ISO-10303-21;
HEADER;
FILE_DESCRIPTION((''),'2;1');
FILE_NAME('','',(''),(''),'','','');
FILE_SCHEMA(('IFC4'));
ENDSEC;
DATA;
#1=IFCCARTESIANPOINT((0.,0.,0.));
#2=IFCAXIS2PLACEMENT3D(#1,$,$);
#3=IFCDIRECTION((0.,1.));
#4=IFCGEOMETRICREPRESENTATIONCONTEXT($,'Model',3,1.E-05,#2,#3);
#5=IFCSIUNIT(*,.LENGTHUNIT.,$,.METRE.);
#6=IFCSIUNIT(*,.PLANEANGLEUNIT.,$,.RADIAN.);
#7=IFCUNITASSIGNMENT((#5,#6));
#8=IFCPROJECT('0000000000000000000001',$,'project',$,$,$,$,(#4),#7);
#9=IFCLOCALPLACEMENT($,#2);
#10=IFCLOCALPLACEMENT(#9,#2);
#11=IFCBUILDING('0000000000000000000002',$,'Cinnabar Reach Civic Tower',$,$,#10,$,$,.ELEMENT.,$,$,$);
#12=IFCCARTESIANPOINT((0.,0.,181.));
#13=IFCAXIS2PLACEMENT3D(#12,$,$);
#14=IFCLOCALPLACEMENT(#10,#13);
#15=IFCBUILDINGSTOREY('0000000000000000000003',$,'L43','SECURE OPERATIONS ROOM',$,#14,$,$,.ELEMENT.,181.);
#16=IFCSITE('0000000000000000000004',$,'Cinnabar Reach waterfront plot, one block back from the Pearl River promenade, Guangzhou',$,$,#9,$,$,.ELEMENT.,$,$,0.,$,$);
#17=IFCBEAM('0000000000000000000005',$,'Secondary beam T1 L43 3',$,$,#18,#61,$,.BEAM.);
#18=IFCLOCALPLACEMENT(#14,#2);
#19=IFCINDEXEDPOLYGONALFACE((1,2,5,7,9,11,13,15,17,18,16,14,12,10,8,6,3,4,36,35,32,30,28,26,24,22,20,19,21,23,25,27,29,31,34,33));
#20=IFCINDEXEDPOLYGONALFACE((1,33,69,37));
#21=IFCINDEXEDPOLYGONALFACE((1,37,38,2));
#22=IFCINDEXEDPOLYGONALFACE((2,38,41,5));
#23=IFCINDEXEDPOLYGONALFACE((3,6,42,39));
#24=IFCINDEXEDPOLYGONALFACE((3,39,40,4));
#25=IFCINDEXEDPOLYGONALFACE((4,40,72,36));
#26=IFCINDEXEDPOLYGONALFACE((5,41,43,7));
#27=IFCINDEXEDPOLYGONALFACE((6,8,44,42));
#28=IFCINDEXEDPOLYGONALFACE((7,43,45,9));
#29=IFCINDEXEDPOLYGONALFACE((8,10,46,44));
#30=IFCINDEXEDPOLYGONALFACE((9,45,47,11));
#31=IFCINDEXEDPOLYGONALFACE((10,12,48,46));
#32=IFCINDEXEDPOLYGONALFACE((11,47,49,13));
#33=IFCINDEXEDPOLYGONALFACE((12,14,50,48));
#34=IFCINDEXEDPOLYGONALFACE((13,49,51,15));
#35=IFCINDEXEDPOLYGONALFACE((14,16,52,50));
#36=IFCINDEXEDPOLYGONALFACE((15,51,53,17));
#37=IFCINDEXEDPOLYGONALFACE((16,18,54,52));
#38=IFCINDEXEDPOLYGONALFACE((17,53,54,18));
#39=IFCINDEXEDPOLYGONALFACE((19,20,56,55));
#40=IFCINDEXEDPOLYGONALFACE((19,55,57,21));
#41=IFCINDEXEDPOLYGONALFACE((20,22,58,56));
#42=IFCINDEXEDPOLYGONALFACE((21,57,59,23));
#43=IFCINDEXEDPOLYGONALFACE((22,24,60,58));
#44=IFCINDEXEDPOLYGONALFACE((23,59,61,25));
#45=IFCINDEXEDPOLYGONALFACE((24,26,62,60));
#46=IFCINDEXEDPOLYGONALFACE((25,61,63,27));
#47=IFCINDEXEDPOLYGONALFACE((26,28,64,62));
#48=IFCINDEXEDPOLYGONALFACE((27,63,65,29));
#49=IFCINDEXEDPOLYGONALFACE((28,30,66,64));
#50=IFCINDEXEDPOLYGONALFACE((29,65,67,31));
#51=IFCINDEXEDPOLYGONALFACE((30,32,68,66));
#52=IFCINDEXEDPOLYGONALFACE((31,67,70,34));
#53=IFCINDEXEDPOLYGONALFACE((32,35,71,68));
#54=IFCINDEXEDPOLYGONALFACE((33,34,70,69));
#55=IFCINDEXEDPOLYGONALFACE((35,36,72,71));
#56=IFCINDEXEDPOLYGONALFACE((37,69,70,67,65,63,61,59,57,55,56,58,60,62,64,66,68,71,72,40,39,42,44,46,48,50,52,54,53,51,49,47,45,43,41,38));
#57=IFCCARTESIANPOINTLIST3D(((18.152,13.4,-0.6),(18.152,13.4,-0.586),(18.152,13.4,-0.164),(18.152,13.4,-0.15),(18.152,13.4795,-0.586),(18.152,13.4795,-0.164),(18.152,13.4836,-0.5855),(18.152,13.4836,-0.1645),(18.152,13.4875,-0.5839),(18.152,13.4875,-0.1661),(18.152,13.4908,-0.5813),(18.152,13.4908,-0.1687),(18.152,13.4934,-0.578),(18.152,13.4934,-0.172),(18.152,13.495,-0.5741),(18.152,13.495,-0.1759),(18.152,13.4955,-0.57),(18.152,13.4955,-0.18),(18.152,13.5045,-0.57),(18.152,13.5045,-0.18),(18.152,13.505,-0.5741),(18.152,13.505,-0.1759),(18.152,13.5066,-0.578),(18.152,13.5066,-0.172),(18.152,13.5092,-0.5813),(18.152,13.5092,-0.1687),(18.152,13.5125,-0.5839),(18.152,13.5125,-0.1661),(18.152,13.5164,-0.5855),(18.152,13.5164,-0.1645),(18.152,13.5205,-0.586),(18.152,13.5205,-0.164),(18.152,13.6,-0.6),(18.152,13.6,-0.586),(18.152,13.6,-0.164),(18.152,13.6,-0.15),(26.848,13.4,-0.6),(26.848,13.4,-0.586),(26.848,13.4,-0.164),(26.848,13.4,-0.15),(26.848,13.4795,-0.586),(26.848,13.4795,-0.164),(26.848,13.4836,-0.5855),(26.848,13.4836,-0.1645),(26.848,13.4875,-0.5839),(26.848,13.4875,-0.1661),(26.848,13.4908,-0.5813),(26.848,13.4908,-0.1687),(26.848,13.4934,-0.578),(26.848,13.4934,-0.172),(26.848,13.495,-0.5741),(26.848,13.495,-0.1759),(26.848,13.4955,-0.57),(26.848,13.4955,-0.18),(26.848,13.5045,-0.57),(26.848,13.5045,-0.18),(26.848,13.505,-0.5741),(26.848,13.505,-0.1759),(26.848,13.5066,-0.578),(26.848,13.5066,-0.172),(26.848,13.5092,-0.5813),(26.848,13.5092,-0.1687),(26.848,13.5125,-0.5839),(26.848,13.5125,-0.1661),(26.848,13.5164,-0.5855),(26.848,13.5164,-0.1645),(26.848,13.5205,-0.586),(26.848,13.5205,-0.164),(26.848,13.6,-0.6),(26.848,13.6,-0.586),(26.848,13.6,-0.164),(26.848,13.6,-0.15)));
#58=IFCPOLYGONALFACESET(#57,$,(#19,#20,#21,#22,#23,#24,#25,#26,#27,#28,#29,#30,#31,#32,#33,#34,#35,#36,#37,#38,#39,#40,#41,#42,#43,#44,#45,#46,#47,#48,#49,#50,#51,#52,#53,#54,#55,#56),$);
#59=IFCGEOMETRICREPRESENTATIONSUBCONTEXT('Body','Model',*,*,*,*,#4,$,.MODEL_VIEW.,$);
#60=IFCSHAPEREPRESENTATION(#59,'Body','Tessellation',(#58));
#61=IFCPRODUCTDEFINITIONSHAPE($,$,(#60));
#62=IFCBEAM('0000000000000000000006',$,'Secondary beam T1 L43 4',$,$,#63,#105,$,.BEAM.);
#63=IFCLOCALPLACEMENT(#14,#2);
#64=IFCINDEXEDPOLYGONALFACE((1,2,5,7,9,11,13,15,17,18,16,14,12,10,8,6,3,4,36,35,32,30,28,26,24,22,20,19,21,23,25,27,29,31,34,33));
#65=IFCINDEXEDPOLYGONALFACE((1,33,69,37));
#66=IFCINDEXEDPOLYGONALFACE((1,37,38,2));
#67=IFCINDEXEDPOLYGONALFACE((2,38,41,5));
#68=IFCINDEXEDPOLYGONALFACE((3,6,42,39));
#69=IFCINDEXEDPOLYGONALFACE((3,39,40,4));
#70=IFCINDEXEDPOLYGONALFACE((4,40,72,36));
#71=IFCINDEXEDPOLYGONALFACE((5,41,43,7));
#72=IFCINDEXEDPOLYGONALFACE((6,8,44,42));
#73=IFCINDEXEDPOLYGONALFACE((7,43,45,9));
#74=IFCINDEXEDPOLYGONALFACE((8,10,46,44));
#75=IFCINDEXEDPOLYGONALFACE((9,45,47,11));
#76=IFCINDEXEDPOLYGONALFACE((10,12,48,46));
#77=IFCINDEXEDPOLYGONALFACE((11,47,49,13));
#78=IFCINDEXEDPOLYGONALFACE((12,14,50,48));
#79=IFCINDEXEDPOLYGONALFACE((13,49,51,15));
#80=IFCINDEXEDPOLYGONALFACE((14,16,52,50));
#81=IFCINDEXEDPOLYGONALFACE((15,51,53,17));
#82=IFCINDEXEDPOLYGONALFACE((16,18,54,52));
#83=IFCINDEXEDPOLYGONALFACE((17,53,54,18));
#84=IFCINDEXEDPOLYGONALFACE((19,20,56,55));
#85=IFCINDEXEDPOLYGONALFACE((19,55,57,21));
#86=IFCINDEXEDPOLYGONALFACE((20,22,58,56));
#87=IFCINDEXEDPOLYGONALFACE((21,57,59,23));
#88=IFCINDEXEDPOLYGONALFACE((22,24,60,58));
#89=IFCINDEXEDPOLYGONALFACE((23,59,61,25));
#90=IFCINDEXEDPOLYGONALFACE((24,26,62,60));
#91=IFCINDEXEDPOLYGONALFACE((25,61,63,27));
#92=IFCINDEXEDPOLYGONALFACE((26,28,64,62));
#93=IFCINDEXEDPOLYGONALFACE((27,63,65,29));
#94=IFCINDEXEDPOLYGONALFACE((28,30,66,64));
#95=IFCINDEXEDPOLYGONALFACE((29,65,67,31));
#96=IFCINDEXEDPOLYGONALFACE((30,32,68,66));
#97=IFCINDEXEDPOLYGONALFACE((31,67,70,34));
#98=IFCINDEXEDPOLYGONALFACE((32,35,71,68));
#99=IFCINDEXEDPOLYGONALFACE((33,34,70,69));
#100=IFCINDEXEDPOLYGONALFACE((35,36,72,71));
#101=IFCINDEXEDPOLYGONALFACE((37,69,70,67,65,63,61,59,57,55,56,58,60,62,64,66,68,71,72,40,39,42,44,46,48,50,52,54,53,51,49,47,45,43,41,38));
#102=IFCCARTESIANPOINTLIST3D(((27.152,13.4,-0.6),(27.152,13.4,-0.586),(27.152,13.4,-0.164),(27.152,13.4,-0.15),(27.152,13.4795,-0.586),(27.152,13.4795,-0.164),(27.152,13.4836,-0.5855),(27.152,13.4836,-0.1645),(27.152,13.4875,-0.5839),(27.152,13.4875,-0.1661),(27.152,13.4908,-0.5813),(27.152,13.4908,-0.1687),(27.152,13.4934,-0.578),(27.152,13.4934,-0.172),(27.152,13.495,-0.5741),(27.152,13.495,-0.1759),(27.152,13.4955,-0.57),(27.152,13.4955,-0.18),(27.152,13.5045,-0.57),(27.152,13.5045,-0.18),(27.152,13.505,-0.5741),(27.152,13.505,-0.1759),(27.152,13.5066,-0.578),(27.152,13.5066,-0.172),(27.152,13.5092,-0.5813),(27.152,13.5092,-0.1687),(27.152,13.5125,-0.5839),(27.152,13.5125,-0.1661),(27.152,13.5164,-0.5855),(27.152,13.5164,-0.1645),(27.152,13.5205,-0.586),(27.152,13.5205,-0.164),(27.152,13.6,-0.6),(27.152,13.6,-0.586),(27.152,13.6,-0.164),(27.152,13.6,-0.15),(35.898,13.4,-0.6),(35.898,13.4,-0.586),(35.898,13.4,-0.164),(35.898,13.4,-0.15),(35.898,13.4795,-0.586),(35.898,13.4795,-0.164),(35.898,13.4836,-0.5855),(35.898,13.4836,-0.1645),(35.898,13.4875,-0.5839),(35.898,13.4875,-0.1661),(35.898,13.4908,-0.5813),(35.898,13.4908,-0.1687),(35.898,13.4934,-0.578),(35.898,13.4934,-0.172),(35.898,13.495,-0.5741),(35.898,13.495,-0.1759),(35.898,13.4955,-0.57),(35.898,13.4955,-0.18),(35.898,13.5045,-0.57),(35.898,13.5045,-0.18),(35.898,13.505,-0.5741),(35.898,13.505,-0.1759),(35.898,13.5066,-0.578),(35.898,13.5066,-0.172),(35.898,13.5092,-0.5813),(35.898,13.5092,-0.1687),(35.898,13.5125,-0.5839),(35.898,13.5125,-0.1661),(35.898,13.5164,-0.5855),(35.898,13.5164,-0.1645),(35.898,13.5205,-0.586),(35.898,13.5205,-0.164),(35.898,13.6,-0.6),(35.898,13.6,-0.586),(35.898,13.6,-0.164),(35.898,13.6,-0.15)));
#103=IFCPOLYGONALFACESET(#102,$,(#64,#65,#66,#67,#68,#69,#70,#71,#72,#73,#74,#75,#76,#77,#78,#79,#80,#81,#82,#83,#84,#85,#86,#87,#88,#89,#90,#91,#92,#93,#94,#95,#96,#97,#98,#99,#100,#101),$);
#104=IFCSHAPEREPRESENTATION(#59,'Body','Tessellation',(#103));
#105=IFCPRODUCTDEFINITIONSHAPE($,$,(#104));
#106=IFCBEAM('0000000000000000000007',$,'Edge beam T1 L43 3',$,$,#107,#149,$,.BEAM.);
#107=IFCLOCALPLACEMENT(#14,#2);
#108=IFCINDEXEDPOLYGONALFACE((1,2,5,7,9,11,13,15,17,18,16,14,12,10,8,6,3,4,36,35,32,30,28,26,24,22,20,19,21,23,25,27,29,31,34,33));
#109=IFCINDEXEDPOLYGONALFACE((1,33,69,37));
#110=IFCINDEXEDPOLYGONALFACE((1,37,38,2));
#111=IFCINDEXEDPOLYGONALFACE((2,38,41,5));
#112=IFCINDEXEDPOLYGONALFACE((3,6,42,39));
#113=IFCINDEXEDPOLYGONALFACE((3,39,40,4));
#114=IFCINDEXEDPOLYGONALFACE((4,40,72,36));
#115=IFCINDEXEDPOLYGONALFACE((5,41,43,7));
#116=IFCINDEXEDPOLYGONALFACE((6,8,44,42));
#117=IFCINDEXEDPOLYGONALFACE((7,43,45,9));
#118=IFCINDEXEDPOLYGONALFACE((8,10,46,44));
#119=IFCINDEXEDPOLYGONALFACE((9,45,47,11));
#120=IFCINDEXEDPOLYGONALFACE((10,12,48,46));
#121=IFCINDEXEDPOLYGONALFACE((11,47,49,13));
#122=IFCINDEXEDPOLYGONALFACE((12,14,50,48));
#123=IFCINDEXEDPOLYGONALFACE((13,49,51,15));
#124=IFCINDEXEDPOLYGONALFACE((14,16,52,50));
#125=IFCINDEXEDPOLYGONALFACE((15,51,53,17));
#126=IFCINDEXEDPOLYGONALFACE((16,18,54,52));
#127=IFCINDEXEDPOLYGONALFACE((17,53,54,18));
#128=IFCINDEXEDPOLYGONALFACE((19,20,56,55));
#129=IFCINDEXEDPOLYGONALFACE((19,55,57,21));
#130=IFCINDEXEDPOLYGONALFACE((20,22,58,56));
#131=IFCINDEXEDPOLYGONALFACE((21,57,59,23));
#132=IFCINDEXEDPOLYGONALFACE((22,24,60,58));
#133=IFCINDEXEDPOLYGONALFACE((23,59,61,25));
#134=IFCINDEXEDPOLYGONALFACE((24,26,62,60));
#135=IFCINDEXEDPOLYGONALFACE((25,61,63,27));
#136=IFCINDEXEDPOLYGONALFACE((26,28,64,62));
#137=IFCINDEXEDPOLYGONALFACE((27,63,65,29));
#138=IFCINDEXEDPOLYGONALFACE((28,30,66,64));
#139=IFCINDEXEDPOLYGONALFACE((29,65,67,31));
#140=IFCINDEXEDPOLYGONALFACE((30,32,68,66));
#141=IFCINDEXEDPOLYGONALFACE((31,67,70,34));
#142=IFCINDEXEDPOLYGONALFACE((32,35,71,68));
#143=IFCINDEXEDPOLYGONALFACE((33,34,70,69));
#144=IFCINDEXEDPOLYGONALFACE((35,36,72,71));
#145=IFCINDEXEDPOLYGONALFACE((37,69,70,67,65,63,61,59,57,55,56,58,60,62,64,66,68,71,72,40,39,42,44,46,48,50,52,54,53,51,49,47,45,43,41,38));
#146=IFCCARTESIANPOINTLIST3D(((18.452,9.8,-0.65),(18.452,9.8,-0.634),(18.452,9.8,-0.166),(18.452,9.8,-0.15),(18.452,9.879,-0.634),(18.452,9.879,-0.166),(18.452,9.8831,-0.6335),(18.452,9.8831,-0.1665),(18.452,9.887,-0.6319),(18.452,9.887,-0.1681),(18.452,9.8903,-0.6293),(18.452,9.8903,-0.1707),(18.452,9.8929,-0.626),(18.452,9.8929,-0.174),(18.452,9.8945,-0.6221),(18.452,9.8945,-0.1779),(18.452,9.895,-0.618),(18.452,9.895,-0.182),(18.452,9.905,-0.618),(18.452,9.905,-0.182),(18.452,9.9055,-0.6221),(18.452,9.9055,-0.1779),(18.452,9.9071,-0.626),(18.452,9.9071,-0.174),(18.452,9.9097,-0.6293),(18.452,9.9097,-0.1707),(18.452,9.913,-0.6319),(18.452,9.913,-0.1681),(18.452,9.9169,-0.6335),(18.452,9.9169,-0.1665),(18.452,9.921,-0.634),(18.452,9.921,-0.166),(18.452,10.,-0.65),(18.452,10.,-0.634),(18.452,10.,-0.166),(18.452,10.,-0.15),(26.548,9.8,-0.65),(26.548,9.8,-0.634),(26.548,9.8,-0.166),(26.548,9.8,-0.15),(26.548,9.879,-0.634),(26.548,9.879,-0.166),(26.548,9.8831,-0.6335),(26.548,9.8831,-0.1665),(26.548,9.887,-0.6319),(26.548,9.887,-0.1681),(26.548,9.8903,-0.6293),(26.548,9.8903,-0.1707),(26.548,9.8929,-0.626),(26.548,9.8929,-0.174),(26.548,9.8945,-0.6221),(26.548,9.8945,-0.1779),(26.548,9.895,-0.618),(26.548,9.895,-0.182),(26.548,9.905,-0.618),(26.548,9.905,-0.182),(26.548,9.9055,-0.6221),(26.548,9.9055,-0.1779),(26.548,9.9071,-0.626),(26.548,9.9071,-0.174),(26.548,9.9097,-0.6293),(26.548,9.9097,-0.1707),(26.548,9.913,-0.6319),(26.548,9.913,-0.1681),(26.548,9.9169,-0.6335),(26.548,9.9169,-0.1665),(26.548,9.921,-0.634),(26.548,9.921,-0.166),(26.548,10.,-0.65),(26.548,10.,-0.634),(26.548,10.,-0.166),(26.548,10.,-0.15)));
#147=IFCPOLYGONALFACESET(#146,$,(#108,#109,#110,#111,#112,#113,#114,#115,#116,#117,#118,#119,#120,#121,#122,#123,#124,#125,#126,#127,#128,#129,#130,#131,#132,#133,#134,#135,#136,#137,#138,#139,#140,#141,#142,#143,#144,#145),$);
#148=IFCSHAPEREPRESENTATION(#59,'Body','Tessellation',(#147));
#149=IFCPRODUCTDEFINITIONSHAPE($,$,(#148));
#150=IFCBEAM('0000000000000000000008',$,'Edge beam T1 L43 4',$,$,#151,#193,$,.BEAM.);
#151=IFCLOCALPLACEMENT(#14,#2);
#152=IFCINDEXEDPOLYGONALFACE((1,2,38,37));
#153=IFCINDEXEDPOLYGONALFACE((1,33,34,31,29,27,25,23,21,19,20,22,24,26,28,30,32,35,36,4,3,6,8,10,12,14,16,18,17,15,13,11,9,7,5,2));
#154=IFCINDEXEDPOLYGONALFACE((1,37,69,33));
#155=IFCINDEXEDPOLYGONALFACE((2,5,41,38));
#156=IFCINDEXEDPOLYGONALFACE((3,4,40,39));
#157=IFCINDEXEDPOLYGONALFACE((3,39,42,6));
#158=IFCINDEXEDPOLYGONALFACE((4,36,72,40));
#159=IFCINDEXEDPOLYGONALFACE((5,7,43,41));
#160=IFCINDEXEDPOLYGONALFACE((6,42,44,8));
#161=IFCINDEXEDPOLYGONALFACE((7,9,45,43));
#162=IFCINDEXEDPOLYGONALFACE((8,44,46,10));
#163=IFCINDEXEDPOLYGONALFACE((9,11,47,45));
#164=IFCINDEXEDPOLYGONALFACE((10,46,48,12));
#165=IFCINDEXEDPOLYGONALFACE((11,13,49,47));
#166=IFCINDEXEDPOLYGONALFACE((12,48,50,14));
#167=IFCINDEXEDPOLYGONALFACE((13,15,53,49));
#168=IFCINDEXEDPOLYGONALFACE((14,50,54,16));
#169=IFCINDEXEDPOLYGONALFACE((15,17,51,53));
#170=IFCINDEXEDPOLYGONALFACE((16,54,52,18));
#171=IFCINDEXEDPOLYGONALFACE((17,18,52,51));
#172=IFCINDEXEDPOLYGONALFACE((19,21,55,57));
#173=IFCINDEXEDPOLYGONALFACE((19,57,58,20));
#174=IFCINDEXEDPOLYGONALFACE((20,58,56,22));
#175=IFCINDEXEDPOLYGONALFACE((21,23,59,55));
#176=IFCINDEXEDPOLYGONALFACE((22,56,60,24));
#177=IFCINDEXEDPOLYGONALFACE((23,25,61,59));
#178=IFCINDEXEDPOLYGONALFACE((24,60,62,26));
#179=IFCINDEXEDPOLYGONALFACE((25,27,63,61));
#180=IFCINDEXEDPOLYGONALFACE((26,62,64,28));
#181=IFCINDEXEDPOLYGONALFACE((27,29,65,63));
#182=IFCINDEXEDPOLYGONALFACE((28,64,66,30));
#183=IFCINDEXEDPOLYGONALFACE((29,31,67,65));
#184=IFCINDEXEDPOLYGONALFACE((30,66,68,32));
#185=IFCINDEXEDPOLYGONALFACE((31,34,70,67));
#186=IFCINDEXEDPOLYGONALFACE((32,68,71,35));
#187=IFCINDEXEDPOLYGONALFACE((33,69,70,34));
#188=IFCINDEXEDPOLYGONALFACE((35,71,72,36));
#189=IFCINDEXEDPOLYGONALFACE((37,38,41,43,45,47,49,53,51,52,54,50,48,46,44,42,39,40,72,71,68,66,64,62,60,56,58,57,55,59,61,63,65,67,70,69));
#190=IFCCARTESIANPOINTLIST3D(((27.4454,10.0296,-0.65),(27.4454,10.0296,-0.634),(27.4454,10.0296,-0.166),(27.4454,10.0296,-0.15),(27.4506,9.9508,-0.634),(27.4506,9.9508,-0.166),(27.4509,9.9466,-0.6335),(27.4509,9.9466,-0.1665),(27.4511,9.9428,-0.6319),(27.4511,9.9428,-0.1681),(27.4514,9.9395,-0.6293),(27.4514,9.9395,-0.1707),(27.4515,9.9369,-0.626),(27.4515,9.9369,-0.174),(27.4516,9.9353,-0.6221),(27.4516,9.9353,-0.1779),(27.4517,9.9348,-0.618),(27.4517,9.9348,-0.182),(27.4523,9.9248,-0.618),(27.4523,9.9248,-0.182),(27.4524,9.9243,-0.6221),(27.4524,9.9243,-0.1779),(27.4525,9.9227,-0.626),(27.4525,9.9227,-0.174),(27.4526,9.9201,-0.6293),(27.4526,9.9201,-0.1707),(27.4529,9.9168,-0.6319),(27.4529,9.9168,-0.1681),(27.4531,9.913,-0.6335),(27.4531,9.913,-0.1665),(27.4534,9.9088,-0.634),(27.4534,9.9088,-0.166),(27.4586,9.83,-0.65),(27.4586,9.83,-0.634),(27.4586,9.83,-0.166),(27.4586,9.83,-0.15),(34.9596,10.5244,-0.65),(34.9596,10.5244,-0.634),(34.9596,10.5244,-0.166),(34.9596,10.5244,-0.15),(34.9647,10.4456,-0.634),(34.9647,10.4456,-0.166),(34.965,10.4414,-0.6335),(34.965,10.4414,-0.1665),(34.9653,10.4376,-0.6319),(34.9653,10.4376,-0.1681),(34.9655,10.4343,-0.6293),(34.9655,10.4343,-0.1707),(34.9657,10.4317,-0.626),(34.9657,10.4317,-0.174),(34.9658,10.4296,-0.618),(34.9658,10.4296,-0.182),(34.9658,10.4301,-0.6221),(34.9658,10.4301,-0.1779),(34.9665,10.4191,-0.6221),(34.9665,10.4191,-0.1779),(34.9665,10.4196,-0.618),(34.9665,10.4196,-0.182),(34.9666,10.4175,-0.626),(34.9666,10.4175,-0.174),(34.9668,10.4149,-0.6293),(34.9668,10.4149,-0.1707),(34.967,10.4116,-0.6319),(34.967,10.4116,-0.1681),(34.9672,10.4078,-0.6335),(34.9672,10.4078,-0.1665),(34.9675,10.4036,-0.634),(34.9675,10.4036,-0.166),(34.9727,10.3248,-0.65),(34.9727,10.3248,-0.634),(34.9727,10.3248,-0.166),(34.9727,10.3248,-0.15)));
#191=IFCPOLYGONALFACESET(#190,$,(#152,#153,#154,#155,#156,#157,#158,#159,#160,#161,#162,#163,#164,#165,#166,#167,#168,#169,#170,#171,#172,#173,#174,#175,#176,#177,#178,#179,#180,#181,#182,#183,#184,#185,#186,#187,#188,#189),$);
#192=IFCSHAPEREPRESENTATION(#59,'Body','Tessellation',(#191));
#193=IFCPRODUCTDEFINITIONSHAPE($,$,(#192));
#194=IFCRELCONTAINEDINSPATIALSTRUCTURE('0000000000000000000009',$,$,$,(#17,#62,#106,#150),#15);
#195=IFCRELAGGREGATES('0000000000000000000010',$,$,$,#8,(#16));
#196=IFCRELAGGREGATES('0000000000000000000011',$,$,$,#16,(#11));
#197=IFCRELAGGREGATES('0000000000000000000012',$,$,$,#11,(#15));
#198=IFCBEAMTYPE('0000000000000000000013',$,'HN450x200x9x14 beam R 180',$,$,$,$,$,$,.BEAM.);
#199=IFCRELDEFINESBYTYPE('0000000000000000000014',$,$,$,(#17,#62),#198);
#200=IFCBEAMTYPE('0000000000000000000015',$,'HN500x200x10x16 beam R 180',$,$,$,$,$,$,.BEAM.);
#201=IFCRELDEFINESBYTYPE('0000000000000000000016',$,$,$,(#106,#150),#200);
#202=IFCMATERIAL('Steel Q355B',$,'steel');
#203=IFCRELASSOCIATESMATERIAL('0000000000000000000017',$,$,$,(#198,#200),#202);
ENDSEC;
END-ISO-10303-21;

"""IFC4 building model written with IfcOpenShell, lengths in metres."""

from ifc_helpers import new_model, si_unit, direction, frame, origin, origin_2d, place, context, subcontext, project, spatial, i_section, extrude, material, material_profile, profile_set, type_object, element, save


model = new_model("IFC4")

# Units and contexts
model_context = context("Model", 3, precision=1e-05, world=origin(), true_north=direction((0.0, 1.0)))
body_context = subcontext(model_context, "Body", "Model", "MODEL_VIEW")
ifc_project = project(units=[si_unit("LENGTHUNIT", "METRE"), si_unit("PLANEANGLEUNIT", "RADIAN")], contexts=[model_context])

# Site, building, storey
site_placement = place(None, origin())
site = spatial("IfcSite", under=ifc_project, at=site_placement, Name="Cinnabar Reach waterfront plot, one block back from the Pearl River promenade, Guangzhou", CompositionType="ELEMENT", RefElevation=0.0)
building_placement = place(site_placement, origin())
building = spatial("IfcBuilding", under=site, at=building_placement, Name="Cinnabar Reach Civic Tower", CompositionType="ELEMENT")
storey_placement = place(building_placement, frame((0.0, 0.0, 181.0)))
storey = spatial("IfcBuildingStorey", under=building, at=storey_placement, Name="L43", Description="SECURE OPERATIONS ROOM", CompositionType="ELEMENT", Elevation=181.0)

# Beams
ifc_material_1 = material(Name="Steel Q355B", Category="steel")
ifc_material_profile_1 = material_profile(ifc_material_1, i_section(OverallWidth=0.2, OverallDepth=0.45, WebThickness=0.009, FlangeThickness=0.014, FilletRadius=0.016, at=origin_2d()), Name="HN450x200x9x14")
ifc_profile_set_1 = profile_set([ifc_material_profile_1], Name="Steel Q355B")
beam_type_1 = type_object("IfcBeamType", Name="HN450x200x9x14 beam R 180", PredefinedType="BEAM", material=ifc_profile_set_1)
beam_1_placement = place(storey_placement, frame((18.152, 13.5, -0.375), z_axis=(1.0, 0.0, 0.0), x_axis=(0.0, 1.0, 0.0)))
element("IfcBeam", 1, at=beam_1_placement, inside=storey, type_object=beam_type_1, Name="Secondary beam T1 L43 3", PredefinedType="BEAM", context=body_context, shape_type="SweptSolid", body=[
    extrude(i_section(OverallWidth=0.2, OverallDepth=0.45, WebThickness=0.009, FlangeThickness=0.014, FilletRadius=0.016, at=origin_2d()), origin(), (0.0, 0.0, 1.0), 8.696),
])
beam_2_placement = place(storey_placement, frame((27.152, 13.5, -0.375), z_axis=(1.0, 0.0, 0.0), x_axis=(0.0, 1.0, 0.0)))
element("IfcBeam", 2, at=beam_2_placement, inside=storey, type_object=beam_type_1, Name="Secondary beam T1 L43 4", PredefinedType="BEAM", context=body_context, shape_type="SweptSolid", body=[
    extrude(i_section(OverallWidth=0.2, OverallDepth=0.45, WebThickness=0.009, FlangeThickness=0.014, FilletRadius=0.016, at=origin_2d()), origin(), (0.0, 0.0, 1.0), 8.746),
])
ifc_material_profile_2 = material_profile(ifc_material_1, i_section(OverallWidth=0.2, OverallDepth=0.5, WebThickness=0.01, FlangeThickness=0.016, FilletRadius=0.016, at=origin_2d()), Name="HN500x200x10x16")
ifc_profile_set_2 = profile_set([ifc_material_profile_2], Name="Steel Q355B")
beam_type_2 = type_object("IfcBeamType", Name="HN500x200x10x16 beam R 180", PredefinedType="BEAM", material=ifc_profile_set_2)
beam_3_placement = place(storey_placement, frame((18.452, 9.9, -0.4), z_axis=(1.0, 0.0, 0.0), x_axis=(0.0, 1.0, 0.0)))
element("IfcBeam", 3, at=beam_3_placement, inside=storey, type_object=beam_type_2, Name="Edge beam T1 L43 3", PredefinedType="BEAM", context=body_context, shape_type="SweptSolid", body=[
    extrude(i_section(OverallWidth=0.2, OverallDepth=0.5, WebThickness=0.01, FlangeThickness=0.016, FilletRadius=0.016, at=origin_2d()), origin(), (0.0, 0.0, 1.0), 8.096),
])
beam_4_placement = place(storey_placement, frame((27.452, 9.9298, -0.4), z_axis=(0.997839, 0.065707, 0.0), x_axis=(-0.065707, 0.997839, 0.0)))
element("IfcBeam", 4, at=beam_4_placement, inside=storey, type_object=beam_type_2, Name="Edge beam T1 L43 4", PredefinedType="BEAM", context=body_context, shape_type="SweptSolid", body=[
    extrude(i_section(OverallWidth=0.2, OverallDepth=0.5, WebThickness=0.01, FlangeThickness=0.016, FilletRadius=0.016, at=origin_2d()), origin(), (0.0, 0.0, 1.0), 7.5304),
])

save(model, "model.ifc")
